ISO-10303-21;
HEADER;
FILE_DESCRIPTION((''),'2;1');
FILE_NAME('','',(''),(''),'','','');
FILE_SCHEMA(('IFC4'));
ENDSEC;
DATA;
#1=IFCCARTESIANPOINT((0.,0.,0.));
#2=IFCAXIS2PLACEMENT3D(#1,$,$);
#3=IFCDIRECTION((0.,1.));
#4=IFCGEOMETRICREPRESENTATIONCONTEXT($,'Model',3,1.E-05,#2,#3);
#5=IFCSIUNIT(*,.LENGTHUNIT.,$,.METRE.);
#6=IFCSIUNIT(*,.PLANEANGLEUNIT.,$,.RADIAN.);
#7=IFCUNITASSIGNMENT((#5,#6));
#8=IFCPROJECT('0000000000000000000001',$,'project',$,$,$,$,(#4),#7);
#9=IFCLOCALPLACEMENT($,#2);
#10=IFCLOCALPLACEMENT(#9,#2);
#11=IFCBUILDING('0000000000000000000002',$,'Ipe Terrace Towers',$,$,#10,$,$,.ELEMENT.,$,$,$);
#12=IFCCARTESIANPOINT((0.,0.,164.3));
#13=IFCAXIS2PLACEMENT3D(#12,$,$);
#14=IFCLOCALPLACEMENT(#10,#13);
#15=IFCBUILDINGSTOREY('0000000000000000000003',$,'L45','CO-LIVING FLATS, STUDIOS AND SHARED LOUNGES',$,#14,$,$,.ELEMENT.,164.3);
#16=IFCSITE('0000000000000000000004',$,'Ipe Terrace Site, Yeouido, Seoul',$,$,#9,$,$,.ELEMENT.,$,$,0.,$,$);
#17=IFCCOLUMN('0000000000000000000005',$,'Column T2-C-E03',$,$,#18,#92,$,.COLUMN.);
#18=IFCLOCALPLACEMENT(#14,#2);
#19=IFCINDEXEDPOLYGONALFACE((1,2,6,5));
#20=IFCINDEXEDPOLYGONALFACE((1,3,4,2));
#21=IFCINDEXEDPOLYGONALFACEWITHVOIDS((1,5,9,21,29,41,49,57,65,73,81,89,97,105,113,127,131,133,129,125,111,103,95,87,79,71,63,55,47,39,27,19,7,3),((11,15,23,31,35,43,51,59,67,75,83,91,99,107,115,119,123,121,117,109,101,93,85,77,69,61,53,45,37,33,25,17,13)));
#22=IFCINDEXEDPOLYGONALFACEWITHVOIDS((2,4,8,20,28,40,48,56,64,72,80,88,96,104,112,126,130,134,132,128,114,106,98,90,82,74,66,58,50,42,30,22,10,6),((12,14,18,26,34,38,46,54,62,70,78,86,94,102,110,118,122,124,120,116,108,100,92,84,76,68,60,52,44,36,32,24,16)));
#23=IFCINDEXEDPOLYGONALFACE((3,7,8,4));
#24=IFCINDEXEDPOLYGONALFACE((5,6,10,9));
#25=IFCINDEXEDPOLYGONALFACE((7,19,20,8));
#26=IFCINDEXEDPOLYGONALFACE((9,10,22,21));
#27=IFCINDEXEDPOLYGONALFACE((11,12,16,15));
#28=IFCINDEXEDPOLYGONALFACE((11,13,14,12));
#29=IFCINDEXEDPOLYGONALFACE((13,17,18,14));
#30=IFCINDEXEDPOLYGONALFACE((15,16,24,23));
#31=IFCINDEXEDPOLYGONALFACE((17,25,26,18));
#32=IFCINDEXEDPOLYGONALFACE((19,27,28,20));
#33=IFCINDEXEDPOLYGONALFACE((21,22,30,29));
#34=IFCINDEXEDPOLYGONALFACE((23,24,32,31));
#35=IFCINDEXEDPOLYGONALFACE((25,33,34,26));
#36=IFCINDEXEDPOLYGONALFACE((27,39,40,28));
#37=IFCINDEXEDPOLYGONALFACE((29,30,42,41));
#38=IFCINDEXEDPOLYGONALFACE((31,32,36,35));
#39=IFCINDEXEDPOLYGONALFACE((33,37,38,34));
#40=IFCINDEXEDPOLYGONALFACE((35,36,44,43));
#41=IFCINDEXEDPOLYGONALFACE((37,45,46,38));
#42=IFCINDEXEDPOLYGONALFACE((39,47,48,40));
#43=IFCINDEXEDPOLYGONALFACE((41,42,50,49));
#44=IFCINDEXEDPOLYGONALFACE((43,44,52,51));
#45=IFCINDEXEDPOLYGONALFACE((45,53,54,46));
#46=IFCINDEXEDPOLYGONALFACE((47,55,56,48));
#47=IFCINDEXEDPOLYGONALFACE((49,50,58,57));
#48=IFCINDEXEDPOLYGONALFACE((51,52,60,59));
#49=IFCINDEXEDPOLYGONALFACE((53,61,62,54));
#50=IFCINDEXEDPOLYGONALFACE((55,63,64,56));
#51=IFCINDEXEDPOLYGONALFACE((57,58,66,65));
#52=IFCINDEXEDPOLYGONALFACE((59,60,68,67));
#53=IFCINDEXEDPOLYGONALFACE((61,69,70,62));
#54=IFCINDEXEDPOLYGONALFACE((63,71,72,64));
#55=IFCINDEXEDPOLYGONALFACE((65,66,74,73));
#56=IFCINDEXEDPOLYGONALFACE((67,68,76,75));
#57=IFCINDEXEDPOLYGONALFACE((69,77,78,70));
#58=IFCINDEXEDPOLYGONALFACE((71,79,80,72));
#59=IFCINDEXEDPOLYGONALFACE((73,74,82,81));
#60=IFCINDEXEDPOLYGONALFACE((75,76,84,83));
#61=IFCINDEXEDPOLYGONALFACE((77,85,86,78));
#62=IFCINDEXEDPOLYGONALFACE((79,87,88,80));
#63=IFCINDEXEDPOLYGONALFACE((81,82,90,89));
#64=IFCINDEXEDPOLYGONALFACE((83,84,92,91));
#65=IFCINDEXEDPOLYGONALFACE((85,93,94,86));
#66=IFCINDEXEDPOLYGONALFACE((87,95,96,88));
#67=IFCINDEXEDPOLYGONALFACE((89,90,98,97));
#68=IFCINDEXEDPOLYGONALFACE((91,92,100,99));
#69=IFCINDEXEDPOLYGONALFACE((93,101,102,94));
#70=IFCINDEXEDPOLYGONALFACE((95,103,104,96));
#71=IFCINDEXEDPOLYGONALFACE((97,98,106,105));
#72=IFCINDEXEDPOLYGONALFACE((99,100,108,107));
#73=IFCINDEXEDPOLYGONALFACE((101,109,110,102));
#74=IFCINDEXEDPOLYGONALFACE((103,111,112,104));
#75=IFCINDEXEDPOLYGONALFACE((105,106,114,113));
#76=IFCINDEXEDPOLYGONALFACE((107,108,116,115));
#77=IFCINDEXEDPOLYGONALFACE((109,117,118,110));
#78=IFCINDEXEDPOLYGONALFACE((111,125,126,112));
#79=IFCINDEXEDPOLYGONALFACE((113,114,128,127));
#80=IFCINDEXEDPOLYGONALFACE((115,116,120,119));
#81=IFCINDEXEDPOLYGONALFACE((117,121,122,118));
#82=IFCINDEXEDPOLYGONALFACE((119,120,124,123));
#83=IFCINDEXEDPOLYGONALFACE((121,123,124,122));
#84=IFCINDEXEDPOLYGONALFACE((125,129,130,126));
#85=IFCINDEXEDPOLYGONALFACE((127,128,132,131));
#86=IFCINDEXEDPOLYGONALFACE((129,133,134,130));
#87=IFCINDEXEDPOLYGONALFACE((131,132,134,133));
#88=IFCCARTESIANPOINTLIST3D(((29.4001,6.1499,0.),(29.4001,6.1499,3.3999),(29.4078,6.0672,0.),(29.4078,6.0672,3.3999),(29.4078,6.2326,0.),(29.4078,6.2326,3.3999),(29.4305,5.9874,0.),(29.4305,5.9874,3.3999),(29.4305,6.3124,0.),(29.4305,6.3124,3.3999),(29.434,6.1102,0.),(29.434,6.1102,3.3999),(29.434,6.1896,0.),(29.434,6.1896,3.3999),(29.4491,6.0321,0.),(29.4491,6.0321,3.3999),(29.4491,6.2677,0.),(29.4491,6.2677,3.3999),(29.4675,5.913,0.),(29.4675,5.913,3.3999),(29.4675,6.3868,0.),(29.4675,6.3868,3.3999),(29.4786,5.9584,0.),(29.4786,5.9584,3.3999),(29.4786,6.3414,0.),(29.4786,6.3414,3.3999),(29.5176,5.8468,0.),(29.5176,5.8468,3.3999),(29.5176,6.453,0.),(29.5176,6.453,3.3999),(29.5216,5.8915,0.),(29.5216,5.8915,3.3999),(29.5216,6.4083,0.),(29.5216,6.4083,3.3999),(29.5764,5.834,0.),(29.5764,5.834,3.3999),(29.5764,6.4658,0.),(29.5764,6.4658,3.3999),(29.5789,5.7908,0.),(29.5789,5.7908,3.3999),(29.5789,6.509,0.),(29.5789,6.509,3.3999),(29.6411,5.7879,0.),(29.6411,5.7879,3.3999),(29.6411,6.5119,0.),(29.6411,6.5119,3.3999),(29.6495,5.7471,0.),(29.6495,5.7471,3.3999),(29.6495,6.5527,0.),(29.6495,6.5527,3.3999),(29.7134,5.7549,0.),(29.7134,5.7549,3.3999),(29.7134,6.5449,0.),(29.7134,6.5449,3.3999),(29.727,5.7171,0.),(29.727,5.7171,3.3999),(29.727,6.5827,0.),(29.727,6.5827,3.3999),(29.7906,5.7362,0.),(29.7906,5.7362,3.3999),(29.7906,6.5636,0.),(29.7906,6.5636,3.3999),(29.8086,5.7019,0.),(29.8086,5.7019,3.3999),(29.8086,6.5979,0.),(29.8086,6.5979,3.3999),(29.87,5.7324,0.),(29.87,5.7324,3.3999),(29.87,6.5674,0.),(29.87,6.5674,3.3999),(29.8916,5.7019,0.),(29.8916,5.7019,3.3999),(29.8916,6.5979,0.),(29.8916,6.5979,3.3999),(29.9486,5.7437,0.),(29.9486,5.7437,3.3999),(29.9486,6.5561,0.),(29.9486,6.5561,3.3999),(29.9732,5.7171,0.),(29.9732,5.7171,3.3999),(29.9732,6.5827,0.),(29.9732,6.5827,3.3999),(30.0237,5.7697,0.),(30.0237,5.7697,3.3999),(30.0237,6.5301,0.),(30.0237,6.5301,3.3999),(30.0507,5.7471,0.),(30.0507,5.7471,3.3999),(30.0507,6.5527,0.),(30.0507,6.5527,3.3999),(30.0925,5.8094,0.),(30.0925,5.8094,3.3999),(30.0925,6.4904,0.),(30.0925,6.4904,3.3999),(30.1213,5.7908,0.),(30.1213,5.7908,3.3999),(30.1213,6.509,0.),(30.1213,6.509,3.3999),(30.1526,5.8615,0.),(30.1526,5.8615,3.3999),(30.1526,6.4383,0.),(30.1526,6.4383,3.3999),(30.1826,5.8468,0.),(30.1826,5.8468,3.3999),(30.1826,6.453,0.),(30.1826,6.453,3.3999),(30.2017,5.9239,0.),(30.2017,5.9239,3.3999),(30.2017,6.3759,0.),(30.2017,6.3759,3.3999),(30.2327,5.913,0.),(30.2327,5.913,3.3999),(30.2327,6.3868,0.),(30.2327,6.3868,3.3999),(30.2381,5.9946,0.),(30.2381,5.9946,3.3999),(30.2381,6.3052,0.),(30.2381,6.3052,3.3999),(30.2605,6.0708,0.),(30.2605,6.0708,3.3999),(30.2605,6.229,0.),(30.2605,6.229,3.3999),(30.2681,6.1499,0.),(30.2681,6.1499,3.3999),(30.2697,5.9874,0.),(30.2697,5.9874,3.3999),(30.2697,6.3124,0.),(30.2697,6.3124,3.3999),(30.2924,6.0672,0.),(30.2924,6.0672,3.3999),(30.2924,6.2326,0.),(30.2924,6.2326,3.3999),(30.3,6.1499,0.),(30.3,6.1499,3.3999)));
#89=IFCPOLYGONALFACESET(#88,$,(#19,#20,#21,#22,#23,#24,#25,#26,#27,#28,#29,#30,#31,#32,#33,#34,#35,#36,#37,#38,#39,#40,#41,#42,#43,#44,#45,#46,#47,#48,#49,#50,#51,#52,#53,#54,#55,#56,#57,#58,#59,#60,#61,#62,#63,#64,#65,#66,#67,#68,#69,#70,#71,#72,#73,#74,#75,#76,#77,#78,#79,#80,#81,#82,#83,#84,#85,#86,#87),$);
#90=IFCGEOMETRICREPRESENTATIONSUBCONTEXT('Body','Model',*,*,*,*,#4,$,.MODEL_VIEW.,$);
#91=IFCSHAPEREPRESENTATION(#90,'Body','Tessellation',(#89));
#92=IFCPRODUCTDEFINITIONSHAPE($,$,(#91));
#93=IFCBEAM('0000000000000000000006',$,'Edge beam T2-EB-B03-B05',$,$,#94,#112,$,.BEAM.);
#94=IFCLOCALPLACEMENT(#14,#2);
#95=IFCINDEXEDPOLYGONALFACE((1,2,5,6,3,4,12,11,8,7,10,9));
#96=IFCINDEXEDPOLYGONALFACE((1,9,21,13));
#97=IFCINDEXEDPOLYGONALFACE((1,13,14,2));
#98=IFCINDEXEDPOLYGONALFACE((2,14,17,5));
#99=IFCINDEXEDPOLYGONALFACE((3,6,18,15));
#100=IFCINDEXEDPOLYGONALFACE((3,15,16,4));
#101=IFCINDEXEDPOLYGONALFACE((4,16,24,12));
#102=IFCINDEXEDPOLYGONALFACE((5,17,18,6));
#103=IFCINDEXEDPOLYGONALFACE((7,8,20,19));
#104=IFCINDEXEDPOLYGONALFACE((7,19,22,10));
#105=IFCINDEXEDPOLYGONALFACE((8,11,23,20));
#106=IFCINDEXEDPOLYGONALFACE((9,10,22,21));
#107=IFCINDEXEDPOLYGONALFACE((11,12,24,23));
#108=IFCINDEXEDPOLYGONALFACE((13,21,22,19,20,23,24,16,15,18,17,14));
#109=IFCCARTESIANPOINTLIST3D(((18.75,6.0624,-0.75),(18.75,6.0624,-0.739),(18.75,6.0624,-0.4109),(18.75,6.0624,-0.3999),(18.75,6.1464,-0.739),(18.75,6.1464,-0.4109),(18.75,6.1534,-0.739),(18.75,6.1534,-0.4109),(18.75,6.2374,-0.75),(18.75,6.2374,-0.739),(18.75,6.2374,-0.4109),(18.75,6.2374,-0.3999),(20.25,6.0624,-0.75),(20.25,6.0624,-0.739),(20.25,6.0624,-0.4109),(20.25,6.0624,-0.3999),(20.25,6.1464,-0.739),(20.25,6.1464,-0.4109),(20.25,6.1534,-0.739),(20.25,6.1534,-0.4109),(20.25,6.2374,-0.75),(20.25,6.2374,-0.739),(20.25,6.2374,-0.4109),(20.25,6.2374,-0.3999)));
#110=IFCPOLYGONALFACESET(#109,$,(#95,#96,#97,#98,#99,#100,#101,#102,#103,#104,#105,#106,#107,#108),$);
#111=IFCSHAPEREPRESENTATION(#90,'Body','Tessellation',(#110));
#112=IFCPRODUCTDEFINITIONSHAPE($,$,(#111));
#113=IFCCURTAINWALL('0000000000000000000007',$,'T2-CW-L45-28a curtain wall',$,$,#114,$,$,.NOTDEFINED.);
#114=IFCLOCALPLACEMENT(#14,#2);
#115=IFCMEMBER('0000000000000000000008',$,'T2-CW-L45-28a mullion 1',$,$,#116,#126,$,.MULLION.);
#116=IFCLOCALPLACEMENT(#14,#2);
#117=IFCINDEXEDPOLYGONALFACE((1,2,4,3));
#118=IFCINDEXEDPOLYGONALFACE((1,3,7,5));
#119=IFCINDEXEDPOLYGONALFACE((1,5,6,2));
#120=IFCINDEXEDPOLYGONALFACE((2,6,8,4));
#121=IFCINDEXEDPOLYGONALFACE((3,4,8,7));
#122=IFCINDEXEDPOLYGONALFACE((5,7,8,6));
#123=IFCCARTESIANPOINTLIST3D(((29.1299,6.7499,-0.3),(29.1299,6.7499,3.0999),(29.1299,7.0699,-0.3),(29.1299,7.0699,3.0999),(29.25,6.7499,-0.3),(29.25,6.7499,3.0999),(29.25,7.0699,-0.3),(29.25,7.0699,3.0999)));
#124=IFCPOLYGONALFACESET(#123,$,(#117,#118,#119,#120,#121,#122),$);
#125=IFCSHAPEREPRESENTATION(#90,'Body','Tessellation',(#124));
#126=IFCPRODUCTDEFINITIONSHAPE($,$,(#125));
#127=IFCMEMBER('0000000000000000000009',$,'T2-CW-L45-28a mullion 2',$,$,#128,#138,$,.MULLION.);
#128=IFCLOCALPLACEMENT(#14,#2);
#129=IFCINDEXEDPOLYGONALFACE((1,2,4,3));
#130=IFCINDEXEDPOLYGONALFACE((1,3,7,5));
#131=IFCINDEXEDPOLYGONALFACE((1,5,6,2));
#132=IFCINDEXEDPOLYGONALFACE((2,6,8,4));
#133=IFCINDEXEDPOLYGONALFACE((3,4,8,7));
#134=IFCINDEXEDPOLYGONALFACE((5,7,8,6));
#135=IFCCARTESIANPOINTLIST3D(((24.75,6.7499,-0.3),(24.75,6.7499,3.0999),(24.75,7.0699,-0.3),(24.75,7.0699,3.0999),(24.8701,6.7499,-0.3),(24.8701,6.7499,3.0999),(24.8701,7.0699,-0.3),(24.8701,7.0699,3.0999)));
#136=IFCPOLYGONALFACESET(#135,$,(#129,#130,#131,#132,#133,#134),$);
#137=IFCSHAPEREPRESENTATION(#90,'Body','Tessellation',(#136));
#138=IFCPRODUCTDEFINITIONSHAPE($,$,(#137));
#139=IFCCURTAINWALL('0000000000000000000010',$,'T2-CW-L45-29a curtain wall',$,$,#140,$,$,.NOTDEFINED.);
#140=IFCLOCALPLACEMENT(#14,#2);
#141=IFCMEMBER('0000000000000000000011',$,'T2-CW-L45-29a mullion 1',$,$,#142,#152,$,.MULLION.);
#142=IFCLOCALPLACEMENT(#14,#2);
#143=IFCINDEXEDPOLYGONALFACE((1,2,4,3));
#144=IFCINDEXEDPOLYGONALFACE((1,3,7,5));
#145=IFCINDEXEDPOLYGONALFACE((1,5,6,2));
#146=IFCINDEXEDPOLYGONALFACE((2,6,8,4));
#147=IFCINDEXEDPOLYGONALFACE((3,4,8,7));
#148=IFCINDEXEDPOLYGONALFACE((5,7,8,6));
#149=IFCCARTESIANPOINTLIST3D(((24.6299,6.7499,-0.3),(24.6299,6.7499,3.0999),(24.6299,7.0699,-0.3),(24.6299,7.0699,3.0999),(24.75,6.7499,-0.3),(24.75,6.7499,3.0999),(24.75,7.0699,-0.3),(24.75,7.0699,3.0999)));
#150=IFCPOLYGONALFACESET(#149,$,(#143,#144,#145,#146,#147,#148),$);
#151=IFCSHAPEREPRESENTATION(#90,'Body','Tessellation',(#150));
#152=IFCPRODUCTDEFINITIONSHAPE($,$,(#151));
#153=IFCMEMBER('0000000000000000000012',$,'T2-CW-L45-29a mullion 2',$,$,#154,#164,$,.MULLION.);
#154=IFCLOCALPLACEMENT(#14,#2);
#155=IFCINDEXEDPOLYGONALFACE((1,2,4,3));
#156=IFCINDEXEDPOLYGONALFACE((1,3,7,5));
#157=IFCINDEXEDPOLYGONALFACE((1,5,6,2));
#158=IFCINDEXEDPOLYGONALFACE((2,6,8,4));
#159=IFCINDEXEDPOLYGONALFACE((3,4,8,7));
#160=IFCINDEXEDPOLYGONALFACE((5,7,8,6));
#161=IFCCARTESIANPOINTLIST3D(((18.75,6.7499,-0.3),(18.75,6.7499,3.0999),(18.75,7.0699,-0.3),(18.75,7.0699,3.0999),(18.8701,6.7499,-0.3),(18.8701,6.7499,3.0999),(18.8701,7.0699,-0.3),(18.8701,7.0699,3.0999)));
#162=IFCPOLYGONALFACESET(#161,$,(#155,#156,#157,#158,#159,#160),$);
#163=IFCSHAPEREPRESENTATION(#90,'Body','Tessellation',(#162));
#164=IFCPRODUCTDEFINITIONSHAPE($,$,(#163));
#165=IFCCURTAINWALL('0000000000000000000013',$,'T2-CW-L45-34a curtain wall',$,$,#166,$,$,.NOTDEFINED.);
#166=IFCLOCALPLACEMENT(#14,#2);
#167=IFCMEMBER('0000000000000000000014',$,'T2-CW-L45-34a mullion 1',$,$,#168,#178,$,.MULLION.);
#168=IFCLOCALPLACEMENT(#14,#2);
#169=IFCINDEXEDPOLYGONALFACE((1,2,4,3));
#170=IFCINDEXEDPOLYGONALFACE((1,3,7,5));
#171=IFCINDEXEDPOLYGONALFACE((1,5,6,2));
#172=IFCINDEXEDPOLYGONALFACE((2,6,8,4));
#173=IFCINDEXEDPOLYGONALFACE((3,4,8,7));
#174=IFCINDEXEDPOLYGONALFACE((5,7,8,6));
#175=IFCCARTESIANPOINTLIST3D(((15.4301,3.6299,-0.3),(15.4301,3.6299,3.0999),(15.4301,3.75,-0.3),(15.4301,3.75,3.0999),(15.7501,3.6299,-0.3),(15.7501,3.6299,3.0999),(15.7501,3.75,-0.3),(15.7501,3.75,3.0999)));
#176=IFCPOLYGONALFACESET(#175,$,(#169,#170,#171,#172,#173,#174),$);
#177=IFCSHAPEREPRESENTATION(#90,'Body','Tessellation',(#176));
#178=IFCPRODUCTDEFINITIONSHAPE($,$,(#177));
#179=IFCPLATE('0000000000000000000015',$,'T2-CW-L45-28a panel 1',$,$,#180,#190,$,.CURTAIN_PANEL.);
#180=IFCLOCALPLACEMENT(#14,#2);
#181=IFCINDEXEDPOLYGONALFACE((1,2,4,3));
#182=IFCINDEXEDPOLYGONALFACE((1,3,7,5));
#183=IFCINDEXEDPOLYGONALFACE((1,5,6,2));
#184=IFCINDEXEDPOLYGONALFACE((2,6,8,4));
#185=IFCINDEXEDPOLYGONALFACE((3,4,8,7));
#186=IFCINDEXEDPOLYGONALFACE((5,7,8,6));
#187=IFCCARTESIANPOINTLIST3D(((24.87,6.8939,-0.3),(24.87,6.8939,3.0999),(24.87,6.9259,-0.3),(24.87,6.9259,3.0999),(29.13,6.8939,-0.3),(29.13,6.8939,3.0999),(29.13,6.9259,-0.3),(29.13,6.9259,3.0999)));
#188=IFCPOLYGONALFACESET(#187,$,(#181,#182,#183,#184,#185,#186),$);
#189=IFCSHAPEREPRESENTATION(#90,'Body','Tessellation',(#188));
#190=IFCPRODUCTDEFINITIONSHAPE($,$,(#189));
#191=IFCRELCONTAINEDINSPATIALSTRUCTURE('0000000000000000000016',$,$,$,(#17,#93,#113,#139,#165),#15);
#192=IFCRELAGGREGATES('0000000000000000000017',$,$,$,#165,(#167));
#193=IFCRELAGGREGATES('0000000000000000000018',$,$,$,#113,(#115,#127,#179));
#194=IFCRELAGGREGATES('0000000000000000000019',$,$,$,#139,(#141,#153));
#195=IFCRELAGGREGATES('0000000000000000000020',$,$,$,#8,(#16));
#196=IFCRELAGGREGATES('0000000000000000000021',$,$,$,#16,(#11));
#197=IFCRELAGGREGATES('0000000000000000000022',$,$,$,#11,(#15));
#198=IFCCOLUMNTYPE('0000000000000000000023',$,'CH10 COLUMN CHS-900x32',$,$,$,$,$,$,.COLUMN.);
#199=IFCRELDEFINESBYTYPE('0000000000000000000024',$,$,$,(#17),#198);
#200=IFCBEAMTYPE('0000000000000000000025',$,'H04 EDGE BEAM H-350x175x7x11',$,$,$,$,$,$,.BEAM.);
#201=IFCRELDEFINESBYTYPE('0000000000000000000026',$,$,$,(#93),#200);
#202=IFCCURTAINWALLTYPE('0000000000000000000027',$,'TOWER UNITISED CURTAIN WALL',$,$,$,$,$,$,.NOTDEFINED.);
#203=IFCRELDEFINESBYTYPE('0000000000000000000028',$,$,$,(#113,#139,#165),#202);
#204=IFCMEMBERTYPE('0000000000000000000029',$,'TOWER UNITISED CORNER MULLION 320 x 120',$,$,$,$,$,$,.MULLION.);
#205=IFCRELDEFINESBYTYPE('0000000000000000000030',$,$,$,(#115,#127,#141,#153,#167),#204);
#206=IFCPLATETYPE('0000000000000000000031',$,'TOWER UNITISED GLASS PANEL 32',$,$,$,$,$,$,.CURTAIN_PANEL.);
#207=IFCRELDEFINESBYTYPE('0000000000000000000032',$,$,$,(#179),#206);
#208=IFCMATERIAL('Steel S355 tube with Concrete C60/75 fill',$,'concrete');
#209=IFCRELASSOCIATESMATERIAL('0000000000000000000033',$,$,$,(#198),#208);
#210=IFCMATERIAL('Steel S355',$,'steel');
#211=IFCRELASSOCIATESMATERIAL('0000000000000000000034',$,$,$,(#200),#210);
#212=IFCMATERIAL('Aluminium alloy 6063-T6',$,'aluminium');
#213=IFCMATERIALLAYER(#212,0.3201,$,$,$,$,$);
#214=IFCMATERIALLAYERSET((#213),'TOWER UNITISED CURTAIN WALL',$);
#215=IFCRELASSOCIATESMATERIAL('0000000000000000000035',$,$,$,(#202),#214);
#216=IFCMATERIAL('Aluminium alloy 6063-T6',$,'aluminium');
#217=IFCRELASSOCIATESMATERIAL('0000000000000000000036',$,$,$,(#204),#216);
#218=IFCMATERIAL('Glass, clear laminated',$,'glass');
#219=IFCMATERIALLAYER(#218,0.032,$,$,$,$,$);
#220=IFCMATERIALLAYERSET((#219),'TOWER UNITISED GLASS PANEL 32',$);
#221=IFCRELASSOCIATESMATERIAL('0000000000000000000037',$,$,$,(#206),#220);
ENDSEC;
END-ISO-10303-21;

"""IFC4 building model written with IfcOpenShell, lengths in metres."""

from ifc_helpers import new_model, si_unit, direction, frame, origin, origin_2d, place, context, subcontext, project, spatial, rectangle, hollow_circle, i_section, extrude, material, layer, layer_set, material_profile, profile_set, type_object, element, aggregate, save


model = new_model("IFC4")

# Units and contexts
model_context = context("Model", 3, precision=1e-05, world=origin(), true_north=direction((0.0, 1.0)))
body_context = subcontext(model_context, "Body", "Model", "MODEL_VIEW")
ifc_project = project(units=[si_unit("LENGTHUNIT", "METRE"), si_unit("PLANEANGLEUNIT", "RADIAN")], contexts=[model_context])

# Site, building, storey
site_placement = place(None, origin())
site = spatial("IfcSite", under=ifc_project, at=site_placement, Name="Ipe Terrace Site, Yeouido, Seoul", CompositionType="ELEMENT", RefElevation=0.0)
building_placement = place(site_placement, origin())
building = spatial("IfcBuilding", under=site, at=building_placement, Name="Ipe Terrace Towers", CompositionType="ELEMENT")
storey_placement = place(building_placement, frame((0.0, 0.0, 164.3)))
storey = spatial("IfcBuildingStorey", under=building, at=storey_placement, Name="L45", Description="CO-LIVING FLATS, STUDIOS AND SHARED LOUNGES", CompositionType="ELEMENT", Elevation=164.3)

# Column
ifc_material_1 = material(Name="Steel S355 tube with Concrete C60/75 fill", Category="concrete")
ifc_material_profile_1 = material_profile(ifc_material_1, hollow_circle(Radius=0.45, WallThickness=0.032, at=origin_2d()), Name="CHS-900x32")
ifc_profile_set_1 = profile_set([ifc_material_profile_1], Name="Steel S355 tube with Concrete C60/75 fill")
column_type_1 = type_object("IfcColumnType", Name="CH10 COLUMN CHS-900x32", PredefinedType="COLUMN", material=ifc_profile_set_1)
column_placement = place(storey_placement, frame((29.8501, 6.1499, 0.0), z_axis=(0.0, 0.0, 1.0), x_axis=(1.0, 0.0, 0.0)))
element("IfcColumn", 1, at=column_placement, inside=storey, type_object=column_type_1, Name="Column T2-C-E03", PredefinedType="COLUMN", context=body_context, shape_type="SweptSolid", body=[
    extrude(hollow_circle(Radius=0.45, WallThickness=0.032, at=origin_2d()), origin(), (0.0, 0.0, 1.0), 3.3999),
])

# Beam
ifc_material_2 = material(Name="Steel S355", Category="steel")
ifc_material_profile_2 = material_profile(ifc_material_2, i_section(OverallWidth=0.175, OverallDepth=0.3501, WebThickness=0.0071, FlangeThickness=0.011, at=origin_2d()), Name="H-350x175x7x11")
ifc_profile_set_2 = profile_set([ifc_material_profile_2], Name="Steel S355")
beam_type = type_object("IfcBeamType", Name="H04 EDGE BEAM H-350x175x7x11", PredefinedType="BEAM", material=ifc_profile_set_2)
beam_placement = place(storey_placement, frame((20.25, 6.1499, -0.575), z_axis=(-1.0, 0.0, 0.0), x_axis=(0.0, -1.0, 0.0)))
element("IfcBeam", 2, at=beam_placement, inside=storey, type_object=beam_type, Name="Edge beam T2-EB-B03-B05", PredefinedType="BEAM", context=body_context, shape_type="SweptSolid", body=[
    extrude(i_section(OverallWidth=0.175, OverallDepth=0.3501, WebThickness=0.0071, FlangeThickness=0.011, at=origin_2d()), origin(), (0.0, 0.0, 1.0), 1.5),
])

# Curtain walls, members
ifc_material_3 = material(Name="Aluminium alloy 6063-T6", Category="aluminium")
ifc_layer_1 = layer(ifc_material_3, 0.3201)
ifc_layer_set_1 = layer_set([ifc_layer_1], Name="TOWER UNITISED CURTAIN WALL")
curtain_wall_type = type_object("IfcCurtainWallType", Name="TOWER UNITISED CURTAIN WALL", PredefinedType="NOTDEFINED", material=ifc_layer_set_1)
curtain_wall_1_placement = place(storey_placement, origin())
curtain_wall_1 = element("IfcCurtainWall", 3, at=curtain_wall_1_placement, inside=storey, type_object=curtain_wall_type, Name="T2-CW-L45-28a curtain wall", PredefinedType="NOTDEFINED")
ifc_material_4 = material(Name="Aluminium alloy 6063-T6", Category="aluminium")
ifc_material_profile_3 = material_profile(ifc_material_4, rectangle(XDim=0.3201, YDim=0.1201, at=origin_2d()), Name="TOWER UNITISED CORNER MULLION 320 x 120")
ifc_profile_set_3 = profile_set([ifc_material_profile_3], Name="Aluminium alloy 6063-T6")
member_type = type_object("IfcMemberType", Name="TOWER UNITISED CORNER MULLION 320 x 120", PredefinedType="MULLION", material=ifc_profile_set_3)
member_1_placement = place(storey_placement, frame((29.1899, 6.9099, -0.3), z_axis=(0.0, 0.0, 1.0), x_axis=(0.0, 1.0, 0.0)))
member_1 = element("IfcMember", 4, at=member_1_placement, type_object=member_type, Name="T2-CW-L45-28a mullion 1", PredefinedType="MULLION", context=body_context, shape_type="SweptSolid", body=[
    extrude(rectangle(XDim=0.3201, YDim=0.1201, at=origin_2d()), origin(), (0.0, 0.0, 1.0), 3.3999),
])
member_2_placement = place(storey_placement, frame((24.8101, 6.9099, -0.3), z_axis=(0.0, 0.0, 1.0), x_axis=(0.0, 1.0, 0.0)))
member_2 = element("IfcMember", 5, at=member_2_placement, type_object=member_type, Name="T2-CW-L45-28a mullion 2", PredefinedType="MULLION", context=body_context, shape_type="SweptSolid", body=[
    extrude(rectangle(XDim=0.3201, YDim=0.1201, at=origin_2d()), origin(), (0.0, 0.0, 1.0), 3.3999),
])
curtain_wall_2_placement = place(storey_placement, origin())
curtain_wall_2 = element("IfcCurtainWall", 6, at=curtain_wall_2_placement, inside=storey, type_object=curtain_wall_type, Name="T2-CW-L45-29a curtain wall", PredefinedType="NOTDEFINED")
member_3_placement = place(storey_placement, frame((24.6899, 6.9099, -0.3), z_axis=(0.0, 0.0, 1.0), x_axis=(0.0, 1.0, 0.0)))
member_3 = element("IfcMember", 7, at=member_3_placement, type_object=member_type, Name="T2-CW-L45-29a mullion 1", PredefinedType="MULLION", context=body_context, shape_type="SweptSolid", body=[
    extrude(rectangle(XDim=0.3201, YDim=0.1201, at=origin_2d()), origin(), (0.0, 0.0, 1.0), 3.3999),
])
member_4_placement = place(storey_placement, frame((18.8101, 6.9099, -0.3), z_axis=(0.0, 0.0, 1.0), x_axis=(0.0, 1.0, 0.0)))
member_4 = element("IfcMember", 8, at=member_4_placement, type_object=member_type, Name="T2-CW-L45-29a mullion 2", PredefinedType="MULLION", context=body_context, shape_type="SweptSolid", body=[
    extrude(rectangle(XDim=0.3201, YDim=0.1201, at=origin_2d()), origin(), (0.0, 0.0, 1.0), 3.3999),
])

# Curtain wall, member
curtain_wall_3_placement = place(storey_placement, origin())
curtain_wall_3 = element("IfcCurtainWall", 9, at=curtain_wall_3_placement, inside=storey, type_object=curtain_wall_type, Name="T2-CW-L45-34a curtain wall", PredefinedType="NOTDEFINED")
member_5_placement = place(storey_placement, frame((15.5901, 3.6899, -0.3), z_axis=(0.0, 0.0, 1.0), x_axis=(-1.0, 0.0, 0.0)))
member_5 = element("IfcMember", 10, at=member_5_placement, type_object=member_type, Name="T2-CW-L45-34a mullion 1", PredefinedType="MULLION", context=body_context, shape_type="SweptSolid", body=[
    extrude(rectangle(XDim=0.3201, YDim=0.1201, at=origin_2d()), origin(), (0.0, 0.0, 1.0), 3.3999),
])
aggregate(curtain_wall_3, [member_5])

# Plate
ifc_material_5 = material(Name="Glass, clear laminated", Category="glass")
ifc_layer_2 = layer(ifc_material_5, 0.032)
ifc_layer_set_2 = layer_set([ifc_layer_2], Name="TOWER UNITISED GLASS PANEL 32")
plate_type = type_object("IfcPlateType", Name="TOWER UNITISED GLASS PANEL 32", PredefinedType="CURTAIN_PANEL", material=ifc_layer_set_2)
plate_1_placement = place(storey_placement, frame((27.0, 6.9099, -0.3), z_axis=(0.0, 0.0, 1.0), x_axis=(-1.0, 0.0, 0.0)))
plate_1 = element("IfcPlate", 11, at=plate_1_placement, type_object=plate_type, Name="T2-CW-L45-28a panel 1", PredefinedType="CURTAIN_PANEL", context=body_context, shape_type="SweptSolid", body=[
    extrude(rectangle(XDim=4.26, YDim=0.032, at=origin_2d()), origin(), (0.0, 0.0, 1.0), 3.3999),
])
aggregate(curtain_wall_1, [member_1, member_2, plate_1])
aggregate(curtain_wall_2, [member_3, member_4])

save(model, "model.ifc")
